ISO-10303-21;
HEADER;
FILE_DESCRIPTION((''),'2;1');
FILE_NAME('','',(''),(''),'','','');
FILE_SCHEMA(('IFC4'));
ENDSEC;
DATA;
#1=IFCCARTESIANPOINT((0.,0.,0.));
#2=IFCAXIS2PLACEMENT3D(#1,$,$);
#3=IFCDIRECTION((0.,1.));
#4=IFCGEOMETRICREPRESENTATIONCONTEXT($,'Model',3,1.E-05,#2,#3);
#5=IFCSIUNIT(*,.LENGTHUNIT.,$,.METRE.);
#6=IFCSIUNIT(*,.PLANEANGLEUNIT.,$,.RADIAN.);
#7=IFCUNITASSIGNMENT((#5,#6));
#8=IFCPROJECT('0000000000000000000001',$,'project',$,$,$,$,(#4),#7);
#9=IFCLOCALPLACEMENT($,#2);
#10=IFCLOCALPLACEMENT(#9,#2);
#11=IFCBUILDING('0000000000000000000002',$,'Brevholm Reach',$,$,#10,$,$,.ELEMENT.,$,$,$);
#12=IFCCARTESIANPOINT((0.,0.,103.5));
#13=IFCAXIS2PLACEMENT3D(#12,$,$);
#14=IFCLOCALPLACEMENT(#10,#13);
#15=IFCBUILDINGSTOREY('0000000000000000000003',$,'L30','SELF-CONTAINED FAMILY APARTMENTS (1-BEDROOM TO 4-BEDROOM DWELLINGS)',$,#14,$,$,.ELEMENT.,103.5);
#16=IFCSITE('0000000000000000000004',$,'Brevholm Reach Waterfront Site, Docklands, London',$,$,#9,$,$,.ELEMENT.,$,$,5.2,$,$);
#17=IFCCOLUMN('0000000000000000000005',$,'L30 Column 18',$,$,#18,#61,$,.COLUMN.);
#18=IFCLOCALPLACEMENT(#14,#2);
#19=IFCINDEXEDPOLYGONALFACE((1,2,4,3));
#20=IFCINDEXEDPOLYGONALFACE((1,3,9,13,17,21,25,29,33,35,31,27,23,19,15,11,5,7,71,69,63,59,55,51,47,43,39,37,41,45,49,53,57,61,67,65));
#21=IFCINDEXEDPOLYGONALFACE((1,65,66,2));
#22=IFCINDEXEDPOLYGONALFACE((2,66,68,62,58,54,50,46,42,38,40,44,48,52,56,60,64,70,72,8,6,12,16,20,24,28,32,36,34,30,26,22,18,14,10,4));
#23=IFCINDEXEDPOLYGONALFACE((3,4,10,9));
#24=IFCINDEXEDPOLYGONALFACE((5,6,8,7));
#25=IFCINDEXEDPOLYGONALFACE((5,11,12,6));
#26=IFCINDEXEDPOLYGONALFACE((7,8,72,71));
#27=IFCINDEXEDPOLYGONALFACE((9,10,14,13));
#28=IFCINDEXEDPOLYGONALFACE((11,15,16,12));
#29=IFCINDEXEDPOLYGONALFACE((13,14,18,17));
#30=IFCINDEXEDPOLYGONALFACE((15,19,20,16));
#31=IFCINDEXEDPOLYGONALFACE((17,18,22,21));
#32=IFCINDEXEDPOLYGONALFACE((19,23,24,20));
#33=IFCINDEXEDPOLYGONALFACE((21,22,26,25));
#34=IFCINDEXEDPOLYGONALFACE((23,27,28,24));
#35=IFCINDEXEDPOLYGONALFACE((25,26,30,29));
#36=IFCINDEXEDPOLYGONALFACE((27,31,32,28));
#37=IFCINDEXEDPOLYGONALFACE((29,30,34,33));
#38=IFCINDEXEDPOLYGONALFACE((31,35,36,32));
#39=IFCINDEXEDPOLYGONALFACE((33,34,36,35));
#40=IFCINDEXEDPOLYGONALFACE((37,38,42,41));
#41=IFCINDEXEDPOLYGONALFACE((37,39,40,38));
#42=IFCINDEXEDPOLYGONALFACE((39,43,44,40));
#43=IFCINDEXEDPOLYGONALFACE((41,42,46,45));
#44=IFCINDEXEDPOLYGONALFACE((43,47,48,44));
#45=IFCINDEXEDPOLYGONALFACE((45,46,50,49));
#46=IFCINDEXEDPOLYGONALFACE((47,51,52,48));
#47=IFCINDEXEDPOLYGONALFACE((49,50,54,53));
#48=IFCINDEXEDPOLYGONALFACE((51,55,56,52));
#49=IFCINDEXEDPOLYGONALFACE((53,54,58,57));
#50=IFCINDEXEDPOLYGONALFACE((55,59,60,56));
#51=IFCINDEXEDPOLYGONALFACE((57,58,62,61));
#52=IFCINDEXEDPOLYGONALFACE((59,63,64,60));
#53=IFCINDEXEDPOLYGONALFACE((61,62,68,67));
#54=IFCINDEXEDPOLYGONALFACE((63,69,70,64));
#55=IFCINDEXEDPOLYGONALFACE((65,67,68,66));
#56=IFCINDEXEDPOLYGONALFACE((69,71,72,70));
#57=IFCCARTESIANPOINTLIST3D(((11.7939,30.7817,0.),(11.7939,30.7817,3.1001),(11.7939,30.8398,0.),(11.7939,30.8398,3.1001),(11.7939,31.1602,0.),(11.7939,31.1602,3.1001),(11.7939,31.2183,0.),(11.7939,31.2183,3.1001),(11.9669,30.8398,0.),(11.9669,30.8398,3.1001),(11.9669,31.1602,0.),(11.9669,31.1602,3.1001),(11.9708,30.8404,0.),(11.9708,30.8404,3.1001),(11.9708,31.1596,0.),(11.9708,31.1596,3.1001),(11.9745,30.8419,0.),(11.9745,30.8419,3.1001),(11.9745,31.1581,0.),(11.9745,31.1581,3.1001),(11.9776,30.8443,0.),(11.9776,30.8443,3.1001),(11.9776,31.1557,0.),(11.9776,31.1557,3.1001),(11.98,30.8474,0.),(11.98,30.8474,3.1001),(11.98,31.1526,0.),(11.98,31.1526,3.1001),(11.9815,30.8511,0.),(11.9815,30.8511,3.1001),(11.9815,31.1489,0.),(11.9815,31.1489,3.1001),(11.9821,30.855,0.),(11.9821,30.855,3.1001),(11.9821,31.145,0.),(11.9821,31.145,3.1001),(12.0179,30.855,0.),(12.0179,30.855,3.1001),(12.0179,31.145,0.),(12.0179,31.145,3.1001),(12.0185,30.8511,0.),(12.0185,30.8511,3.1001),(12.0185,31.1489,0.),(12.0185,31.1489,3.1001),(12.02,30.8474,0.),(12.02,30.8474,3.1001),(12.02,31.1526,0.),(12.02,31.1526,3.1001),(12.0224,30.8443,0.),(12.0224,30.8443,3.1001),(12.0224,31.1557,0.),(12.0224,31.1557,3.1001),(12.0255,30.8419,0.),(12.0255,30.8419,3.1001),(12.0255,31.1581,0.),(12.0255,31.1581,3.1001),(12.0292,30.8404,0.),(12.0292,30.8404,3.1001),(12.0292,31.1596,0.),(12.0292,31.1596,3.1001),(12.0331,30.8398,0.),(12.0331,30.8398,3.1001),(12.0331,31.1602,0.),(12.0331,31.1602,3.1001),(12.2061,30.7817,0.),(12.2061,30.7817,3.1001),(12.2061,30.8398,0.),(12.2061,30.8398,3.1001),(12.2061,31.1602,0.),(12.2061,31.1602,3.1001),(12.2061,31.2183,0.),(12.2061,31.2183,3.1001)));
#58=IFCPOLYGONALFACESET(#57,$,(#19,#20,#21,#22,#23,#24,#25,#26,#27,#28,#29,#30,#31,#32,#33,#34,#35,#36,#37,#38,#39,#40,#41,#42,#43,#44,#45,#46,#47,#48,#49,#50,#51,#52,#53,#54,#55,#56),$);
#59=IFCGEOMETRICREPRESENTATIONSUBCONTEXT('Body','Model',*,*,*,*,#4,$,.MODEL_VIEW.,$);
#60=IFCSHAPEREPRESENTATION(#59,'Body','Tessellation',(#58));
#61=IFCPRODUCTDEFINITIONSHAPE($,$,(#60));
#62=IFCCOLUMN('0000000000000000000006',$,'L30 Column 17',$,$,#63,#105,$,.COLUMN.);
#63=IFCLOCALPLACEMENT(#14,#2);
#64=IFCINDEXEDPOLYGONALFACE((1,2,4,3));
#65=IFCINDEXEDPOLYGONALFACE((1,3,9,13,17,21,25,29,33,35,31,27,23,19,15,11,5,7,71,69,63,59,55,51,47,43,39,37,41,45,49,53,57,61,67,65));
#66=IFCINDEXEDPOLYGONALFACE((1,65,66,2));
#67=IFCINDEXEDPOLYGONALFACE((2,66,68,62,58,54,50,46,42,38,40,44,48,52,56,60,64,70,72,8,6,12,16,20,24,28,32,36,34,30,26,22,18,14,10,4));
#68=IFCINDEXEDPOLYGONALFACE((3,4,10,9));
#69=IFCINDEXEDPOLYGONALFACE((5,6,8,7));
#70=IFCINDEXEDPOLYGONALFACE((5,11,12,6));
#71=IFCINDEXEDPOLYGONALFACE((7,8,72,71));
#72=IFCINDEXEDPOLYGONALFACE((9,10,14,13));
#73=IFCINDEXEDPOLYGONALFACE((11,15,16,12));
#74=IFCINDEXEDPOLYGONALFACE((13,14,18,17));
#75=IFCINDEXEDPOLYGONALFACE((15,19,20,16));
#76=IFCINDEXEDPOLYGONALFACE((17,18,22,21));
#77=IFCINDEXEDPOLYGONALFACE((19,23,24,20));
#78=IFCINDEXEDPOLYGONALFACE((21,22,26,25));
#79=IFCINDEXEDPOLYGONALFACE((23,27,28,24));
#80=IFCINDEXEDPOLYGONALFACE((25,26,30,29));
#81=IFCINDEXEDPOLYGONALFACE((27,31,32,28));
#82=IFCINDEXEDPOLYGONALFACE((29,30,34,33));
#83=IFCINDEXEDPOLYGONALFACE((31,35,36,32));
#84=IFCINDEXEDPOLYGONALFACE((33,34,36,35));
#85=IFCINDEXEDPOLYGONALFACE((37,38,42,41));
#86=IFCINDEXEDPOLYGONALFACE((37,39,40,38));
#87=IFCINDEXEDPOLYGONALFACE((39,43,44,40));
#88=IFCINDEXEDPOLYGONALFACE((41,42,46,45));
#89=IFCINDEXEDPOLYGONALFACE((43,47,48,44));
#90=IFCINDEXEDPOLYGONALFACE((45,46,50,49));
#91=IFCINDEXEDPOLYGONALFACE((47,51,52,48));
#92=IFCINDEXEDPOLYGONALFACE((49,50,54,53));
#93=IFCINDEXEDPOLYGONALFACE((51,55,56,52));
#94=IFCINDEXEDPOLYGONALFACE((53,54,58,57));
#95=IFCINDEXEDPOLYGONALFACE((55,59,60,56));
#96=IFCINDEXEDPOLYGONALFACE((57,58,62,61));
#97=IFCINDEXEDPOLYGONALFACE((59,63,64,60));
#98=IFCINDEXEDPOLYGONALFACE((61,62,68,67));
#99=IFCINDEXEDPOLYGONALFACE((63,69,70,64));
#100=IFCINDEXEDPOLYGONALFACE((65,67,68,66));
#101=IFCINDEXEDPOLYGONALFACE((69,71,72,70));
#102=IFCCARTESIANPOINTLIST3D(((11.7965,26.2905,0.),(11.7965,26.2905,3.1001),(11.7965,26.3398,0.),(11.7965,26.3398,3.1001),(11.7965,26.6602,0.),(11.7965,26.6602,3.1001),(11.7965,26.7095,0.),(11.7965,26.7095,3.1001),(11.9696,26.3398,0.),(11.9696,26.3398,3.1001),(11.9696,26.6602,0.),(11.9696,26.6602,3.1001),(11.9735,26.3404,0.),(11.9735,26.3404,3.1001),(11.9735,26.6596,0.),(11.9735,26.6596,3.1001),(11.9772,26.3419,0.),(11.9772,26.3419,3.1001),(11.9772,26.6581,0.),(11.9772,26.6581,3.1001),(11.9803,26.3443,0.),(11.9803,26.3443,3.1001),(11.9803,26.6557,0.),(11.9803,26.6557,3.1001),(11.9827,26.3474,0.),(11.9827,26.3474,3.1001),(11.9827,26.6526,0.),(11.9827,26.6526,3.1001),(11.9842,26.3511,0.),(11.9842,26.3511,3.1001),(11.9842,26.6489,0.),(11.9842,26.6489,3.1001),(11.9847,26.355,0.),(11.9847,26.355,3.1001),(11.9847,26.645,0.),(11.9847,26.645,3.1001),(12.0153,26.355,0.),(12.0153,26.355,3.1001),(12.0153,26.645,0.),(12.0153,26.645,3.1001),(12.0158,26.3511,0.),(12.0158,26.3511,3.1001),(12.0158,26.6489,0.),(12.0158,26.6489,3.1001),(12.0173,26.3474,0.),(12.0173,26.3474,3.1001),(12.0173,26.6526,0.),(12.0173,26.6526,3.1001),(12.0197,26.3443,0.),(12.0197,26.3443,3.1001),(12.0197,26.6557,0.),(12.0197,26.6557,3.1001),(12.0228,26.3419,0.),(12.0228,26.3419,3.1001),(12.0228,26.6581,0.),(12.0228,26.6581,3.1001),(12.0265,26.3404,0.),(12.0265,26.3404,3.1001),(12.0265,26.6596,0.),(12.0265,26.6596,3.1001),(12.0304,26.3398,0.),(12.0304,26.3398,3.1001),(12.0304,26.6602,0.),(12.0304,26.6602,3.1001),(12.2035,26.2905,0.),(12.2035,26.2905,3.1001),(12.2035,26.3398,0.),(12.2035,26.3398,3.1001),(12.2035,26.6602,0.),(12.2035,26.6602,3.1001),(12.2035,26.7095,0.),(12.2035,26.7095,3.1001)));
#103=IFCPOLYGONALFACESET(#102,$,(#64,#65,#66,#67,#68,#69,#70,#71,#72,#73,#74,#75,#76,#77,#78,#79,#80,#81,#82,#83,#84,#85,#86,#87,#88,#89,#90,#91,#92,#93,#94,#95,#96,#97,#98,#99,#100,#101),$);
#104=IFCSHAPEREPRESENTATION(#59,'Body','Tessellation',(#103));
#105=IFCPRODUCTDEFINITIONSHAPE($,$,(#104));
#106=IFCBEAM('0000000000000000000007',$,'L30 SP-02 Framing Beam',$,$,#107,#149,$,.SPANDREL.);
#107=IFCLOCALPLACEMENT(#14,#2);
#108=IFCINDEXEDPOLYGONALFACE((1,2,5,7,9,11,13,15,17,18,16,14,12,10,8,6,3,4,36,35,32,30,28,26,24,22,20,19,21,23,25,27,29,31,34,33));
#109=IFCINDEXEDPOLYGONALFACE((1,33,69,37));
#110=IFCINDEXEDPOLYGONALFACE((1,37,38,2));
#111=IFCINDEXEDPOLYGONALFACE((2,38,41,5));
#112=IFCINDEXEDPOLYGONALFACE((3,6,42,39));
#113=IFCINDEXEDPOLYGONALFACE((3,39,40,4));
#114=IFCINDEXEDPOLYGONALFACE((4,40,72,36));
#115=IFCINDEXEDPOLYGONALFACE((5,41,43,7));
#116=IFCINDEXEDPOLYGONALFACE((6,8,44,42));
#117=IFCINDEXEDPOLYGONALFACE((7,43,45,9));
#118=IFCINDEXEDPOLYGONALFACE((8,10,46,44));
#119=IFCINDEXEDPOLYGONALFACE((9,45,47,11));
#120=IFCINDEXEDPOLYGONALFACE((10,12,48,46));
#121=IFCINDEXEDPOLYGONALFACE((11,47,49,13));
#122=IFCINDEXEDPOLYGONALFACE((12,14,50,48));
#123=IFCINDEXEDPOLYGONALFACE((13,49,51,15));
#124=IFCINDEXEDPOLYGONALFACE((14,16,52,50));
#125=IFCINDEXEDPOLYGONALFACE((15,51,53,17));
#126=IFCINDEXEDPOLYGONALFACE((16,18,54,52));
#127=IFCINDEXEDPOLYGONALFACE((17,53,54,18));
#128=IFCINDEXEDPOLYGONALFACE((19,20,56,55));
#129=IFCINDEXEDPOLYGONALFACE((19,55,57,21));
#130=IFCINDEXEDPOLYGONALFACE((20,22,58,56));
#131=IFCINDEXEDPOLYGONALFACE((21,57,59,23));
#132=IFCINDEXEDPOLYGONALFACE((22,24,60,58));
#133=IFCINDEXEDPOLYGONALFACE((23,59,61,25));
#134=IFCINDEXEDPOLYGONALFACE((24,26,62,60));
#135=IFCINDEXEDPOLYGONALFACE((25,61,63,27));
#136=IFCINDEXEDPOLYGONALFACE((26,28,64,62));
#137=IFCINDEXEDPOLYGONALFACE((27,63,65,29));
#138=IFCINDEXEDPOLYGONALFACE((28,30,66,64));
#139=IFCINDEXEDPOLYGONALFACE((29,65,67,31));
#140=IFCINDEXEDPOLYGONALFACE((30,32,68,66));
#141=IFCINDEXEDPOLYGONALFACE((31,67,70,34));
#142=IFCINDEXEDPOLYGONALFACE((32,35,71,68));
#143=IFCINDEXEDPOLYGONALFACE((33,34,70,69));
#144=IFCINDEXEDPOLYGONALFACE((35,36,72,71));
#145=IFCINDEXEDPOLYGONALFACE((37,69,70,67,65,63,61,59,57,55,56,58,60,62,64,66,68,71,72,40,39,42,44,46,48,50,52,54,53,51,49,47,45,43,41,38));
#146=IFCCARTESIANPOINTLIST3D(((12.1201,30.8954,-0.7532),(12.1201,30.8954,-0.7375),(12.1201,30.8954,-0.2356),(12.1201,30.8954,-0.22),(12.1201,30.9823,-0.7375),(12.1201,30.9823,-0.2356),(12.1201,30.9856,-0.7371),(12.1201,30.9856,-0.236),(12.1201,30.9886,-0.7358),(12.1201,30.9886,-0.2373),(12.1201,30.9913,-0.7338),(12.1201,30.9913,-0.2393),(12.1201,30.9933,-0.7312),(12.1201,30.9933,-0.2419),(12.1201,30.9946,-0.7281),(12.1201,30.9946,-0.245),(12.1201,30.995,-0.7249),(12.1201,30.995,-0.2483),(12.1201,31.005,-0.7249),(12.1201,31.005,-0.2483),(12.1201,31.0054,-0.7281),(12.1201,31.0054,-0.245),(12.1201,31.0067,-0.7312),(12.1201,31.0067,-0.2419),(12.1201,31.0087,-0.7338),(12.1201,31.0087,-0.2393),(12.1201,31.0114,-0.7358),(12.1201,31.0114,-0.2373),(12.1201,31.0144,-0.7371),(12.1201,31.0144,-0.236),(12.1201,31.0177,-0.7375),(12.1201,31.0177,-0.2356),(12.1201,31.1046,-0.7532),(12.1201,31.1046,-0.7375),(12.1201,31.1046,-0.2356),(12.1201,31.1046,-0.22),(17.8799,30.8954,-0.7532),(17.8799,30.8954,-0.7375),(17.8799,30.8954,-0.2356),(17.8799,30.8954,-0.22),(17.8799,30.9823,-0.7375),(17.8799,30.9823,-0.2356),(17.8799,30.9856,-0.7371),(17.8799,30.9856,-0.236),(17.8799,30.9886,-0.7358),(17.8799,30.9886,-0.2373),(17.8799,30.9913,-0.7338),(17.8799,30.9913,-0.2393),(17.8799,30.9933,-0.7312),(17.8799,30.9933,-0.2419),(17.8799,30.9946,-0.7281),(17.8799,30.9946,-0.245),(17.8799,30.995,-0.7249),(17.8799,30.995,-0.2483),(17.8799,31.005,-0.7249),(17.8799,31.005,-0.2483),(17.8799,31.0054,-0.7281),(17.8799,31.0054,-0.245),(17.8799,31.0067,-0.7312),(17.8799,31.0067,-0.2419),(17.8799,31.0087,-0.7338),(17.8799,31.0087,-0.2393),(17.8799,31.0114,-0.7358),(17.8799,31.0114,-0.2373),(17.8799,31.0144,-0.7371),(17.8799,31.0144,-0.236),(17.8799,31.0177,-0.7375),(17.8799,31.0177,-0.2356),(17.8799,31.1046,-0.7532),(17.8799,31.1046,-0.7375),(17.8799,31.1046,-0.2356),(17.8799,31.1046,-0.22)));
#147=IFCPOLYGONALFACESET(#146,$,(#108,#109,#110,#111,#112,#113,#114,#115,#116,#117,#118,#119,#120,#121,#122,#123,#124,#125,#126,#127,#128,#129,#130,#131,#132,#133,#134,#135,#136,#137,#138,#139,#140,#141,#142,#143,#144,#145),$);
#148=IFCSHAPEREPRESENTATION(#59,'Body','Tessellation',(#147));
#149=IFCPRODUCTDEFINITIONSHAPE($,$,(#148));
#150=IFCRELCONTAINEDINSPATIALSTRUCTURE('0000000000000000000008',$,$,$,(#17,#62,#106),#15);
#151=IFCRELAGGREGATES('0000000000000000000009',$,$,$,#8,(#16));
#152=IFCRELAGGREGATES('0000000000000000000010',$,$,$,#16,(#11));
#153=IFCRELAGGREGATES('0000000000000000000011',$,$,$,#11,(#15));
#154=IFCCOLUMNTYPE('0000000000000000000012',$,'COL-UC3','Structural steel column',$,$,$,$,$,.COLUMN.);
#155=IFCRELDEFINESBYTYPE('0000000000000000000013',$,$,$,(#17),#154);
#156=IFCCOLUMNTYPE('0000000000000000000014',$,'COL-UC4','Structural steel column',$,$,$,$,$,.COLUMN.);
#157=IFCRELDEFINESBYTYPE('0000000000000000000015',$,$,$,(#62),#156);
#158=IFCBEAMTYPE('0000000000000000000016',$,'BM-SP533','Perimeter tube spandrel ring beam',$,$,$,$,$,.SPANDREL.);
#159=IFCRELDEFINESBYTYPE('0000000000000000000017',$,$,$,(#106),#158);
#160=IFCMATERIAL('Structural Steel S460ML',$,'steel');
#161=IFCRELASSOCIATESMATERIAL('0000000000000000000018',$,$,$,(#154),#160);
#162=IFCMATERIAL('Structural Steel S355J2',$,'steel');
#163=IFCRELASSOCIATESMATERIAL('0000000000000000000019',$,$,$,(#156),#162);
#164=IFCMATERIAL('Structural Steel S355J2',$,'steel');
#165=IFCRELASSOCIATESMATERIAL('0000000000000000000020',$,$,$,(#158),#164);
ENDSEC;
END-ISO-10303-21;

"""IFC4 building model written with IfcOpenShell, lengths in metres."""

from ifc_helpers import new_model, si_unit, direction, frame, origin, origin_2d, place, context, subcontext, project, spatial, i_section, extrude, material, material_profile, profile_set, type_object, element, save


model = new_model("IFC4")

# Units and contexts
model_context = context("Model", 3, precision=1e-05, world=origin(), true_north=direction((0.0, 1.0)))
body_context = subcontext(model_context, "Body", "Model", "MODEL_VIEW")
ifc_project = project(units=[si_unit("LENGTHUNIT", "METRE"), si_unit("PLANEANGLEUNIT", "RADIAN")], contexts=[model_context])

# Site, building, storey
site_placement = place(None, origin())
site = spatial("IfcSite", under=ifc_project, at=site_placement, Name="Brevholm Reach Waterfront Site, Docklands, London", CompositionType="ELEMENT", RefElevation=5.2)
building_placement = place(site_placement, origin())
building = spatial("IfcBuilding", under=site, at=building_placement, Name="Brevholm Reach", CompositionType="ELEMENT")
storey_placement = place(building_placement, frame((0.0, 0.0, 103.5)))
storey = spatial("IfcBuildingStorey", under=building, at=storey_placement, Name="L30", Description="SELF-CONTAINED FAMILY APARTMENTS (1-BEDROOM TO 4-BEDROOM DWELLINGS)", CompositionType="ELEMENT", Elevation=103.5)

# Columns
ifc_material_1 = material(Name="Structural Steel S460ML", Category="steel")
ifc_material_profile_1 = material_profile(ifc_material_1, i_section(OverallWidth=0.4121, OverallDepth=0.4365, WebThickness=0.0359, FlangeThickness=0.0581, FilletRadius=0.0151, at=origin_2d()), Name="UKC 356x406x467")
ifc_profile_set_1 = profile_set([ifc_material_profile_1], Name="Structural Steel S460ML")
column_type_1 = type_object("IfcColumnType", Name="COL-UC3", Description="Structural steel column", PredefinedType="COLUMN", material=ifc_profile_set_1)
column_1_placement = place(storey_placement, frame((12.0, 31.0, 0.0), z_axis=(0.0, 0.0, 1.0), x_axis=(1.0, 0.0, 0.0)))
element("IfcColumn", 1, at=column_1_placement, inside=storey, type_object=column_type_1, Name="L30 Column 18", PredefinedType="COLUMN", context=body_context, shape_type="SweptSolid", body=[
    extrude(i_section(OverallWidth=0.4121, OverallDepth=0.4365, WebThickness=0.0359, FlangeThickness=0.0581, FilletRadius=0.0151, at=origin_2d()), origin(), (0.0, 0.0, 1.0), 3.1001),
])
ifc_material_2 = material(Name="Structural Steel S355J2", Category="steel")
ifc_material_profile_2 = material_profile(ifc_material_2, i_section(OverallWidth=0.407, OverallDepth=0.4189, WebThickness=0.0305, FlangeThickness=0.0493, FilletRadius=0.0151, at=origin_2d()), Name="UKC 356x406x393")
ifc_profile_set_2 = profile_set([ifc_material_profile_2], Name="Structural Steel S355J2")
column_type_2 = type_object("IfcColumnType", Name="COL-UC4", Description="Structural steel column", PredefinedType="COLUMN", material=ifc_profile_set_2)
column_2_placement = place(storey_placement, frame((12.0, 26.5, 0.0), z_axis=(0.0, 0.0, 1.0), x_axis=(1.0, 0.0, 0.0)))
element("IfcColumn", 2, at=column_2_placement, inside=storey, type_object=column_type_2, Name="L30 Column 17", PredefinedType="COLUMN", context=body_context, shape_type="SweptSolid", body=[
    extrude(i_section(OverallWidth=0.407, OverallDepth=0.4189, WebThickness=0.0305, FlangeThickness=0.0493, FilletRadius=0.0151, at=origin_2d()), origin(), (0.0, 0.0, 1.0), 3.1001),
])

# Beam
ifc_material_3 = material(Name="Structural Steel S355J2", Category="steel")
ifc_material_profile_3 = material_profile(ifc_material_3, i_section(OverallWidth=0.2092, OverallDepth=0.5332, WebThickness=0.01, FlangeThickness=0.0156, FilletRadius=0.0127, at=origin_2d()), Name="UKB 533x210x92")
ifc_profile_set_3 = profile_set([ifc_material_profile_3], Name="Structural Steel S355J2")
beam_type_1 = type_object("IfcBeamType", Name="BM-SP533", Description="Perimeter tube spandrel ring beam", PredefinedType="SPANDREL", material=ifc_profile_set_3)
beam_1_placement = place(storey_placement, frame((12.1201, 31.0, -0.4866), z_axis=(1.0, 0.0, 0.0), x_axis=(0.0, 1.0, 0.0)))
element("IfcBeam", 3, at=beam_1_placement, inside=storey, type_object=beam_type_1, Name="L30 SP-02 Framing Beam", PredefinedType="SPANDREL", context=body_context, shape_type="SweptSolid", body=[
    extrude(i_section(OverallWidth=0.2092, OverallDepth=0.5332, WebThickness=0.01, FlangeThickness=0.0156, FilletRadius=0.0127, at=origin_2d()), origin(), (0.0, 0.0, 1.0), 5.7598),
])

save(model, "model.ifc")
